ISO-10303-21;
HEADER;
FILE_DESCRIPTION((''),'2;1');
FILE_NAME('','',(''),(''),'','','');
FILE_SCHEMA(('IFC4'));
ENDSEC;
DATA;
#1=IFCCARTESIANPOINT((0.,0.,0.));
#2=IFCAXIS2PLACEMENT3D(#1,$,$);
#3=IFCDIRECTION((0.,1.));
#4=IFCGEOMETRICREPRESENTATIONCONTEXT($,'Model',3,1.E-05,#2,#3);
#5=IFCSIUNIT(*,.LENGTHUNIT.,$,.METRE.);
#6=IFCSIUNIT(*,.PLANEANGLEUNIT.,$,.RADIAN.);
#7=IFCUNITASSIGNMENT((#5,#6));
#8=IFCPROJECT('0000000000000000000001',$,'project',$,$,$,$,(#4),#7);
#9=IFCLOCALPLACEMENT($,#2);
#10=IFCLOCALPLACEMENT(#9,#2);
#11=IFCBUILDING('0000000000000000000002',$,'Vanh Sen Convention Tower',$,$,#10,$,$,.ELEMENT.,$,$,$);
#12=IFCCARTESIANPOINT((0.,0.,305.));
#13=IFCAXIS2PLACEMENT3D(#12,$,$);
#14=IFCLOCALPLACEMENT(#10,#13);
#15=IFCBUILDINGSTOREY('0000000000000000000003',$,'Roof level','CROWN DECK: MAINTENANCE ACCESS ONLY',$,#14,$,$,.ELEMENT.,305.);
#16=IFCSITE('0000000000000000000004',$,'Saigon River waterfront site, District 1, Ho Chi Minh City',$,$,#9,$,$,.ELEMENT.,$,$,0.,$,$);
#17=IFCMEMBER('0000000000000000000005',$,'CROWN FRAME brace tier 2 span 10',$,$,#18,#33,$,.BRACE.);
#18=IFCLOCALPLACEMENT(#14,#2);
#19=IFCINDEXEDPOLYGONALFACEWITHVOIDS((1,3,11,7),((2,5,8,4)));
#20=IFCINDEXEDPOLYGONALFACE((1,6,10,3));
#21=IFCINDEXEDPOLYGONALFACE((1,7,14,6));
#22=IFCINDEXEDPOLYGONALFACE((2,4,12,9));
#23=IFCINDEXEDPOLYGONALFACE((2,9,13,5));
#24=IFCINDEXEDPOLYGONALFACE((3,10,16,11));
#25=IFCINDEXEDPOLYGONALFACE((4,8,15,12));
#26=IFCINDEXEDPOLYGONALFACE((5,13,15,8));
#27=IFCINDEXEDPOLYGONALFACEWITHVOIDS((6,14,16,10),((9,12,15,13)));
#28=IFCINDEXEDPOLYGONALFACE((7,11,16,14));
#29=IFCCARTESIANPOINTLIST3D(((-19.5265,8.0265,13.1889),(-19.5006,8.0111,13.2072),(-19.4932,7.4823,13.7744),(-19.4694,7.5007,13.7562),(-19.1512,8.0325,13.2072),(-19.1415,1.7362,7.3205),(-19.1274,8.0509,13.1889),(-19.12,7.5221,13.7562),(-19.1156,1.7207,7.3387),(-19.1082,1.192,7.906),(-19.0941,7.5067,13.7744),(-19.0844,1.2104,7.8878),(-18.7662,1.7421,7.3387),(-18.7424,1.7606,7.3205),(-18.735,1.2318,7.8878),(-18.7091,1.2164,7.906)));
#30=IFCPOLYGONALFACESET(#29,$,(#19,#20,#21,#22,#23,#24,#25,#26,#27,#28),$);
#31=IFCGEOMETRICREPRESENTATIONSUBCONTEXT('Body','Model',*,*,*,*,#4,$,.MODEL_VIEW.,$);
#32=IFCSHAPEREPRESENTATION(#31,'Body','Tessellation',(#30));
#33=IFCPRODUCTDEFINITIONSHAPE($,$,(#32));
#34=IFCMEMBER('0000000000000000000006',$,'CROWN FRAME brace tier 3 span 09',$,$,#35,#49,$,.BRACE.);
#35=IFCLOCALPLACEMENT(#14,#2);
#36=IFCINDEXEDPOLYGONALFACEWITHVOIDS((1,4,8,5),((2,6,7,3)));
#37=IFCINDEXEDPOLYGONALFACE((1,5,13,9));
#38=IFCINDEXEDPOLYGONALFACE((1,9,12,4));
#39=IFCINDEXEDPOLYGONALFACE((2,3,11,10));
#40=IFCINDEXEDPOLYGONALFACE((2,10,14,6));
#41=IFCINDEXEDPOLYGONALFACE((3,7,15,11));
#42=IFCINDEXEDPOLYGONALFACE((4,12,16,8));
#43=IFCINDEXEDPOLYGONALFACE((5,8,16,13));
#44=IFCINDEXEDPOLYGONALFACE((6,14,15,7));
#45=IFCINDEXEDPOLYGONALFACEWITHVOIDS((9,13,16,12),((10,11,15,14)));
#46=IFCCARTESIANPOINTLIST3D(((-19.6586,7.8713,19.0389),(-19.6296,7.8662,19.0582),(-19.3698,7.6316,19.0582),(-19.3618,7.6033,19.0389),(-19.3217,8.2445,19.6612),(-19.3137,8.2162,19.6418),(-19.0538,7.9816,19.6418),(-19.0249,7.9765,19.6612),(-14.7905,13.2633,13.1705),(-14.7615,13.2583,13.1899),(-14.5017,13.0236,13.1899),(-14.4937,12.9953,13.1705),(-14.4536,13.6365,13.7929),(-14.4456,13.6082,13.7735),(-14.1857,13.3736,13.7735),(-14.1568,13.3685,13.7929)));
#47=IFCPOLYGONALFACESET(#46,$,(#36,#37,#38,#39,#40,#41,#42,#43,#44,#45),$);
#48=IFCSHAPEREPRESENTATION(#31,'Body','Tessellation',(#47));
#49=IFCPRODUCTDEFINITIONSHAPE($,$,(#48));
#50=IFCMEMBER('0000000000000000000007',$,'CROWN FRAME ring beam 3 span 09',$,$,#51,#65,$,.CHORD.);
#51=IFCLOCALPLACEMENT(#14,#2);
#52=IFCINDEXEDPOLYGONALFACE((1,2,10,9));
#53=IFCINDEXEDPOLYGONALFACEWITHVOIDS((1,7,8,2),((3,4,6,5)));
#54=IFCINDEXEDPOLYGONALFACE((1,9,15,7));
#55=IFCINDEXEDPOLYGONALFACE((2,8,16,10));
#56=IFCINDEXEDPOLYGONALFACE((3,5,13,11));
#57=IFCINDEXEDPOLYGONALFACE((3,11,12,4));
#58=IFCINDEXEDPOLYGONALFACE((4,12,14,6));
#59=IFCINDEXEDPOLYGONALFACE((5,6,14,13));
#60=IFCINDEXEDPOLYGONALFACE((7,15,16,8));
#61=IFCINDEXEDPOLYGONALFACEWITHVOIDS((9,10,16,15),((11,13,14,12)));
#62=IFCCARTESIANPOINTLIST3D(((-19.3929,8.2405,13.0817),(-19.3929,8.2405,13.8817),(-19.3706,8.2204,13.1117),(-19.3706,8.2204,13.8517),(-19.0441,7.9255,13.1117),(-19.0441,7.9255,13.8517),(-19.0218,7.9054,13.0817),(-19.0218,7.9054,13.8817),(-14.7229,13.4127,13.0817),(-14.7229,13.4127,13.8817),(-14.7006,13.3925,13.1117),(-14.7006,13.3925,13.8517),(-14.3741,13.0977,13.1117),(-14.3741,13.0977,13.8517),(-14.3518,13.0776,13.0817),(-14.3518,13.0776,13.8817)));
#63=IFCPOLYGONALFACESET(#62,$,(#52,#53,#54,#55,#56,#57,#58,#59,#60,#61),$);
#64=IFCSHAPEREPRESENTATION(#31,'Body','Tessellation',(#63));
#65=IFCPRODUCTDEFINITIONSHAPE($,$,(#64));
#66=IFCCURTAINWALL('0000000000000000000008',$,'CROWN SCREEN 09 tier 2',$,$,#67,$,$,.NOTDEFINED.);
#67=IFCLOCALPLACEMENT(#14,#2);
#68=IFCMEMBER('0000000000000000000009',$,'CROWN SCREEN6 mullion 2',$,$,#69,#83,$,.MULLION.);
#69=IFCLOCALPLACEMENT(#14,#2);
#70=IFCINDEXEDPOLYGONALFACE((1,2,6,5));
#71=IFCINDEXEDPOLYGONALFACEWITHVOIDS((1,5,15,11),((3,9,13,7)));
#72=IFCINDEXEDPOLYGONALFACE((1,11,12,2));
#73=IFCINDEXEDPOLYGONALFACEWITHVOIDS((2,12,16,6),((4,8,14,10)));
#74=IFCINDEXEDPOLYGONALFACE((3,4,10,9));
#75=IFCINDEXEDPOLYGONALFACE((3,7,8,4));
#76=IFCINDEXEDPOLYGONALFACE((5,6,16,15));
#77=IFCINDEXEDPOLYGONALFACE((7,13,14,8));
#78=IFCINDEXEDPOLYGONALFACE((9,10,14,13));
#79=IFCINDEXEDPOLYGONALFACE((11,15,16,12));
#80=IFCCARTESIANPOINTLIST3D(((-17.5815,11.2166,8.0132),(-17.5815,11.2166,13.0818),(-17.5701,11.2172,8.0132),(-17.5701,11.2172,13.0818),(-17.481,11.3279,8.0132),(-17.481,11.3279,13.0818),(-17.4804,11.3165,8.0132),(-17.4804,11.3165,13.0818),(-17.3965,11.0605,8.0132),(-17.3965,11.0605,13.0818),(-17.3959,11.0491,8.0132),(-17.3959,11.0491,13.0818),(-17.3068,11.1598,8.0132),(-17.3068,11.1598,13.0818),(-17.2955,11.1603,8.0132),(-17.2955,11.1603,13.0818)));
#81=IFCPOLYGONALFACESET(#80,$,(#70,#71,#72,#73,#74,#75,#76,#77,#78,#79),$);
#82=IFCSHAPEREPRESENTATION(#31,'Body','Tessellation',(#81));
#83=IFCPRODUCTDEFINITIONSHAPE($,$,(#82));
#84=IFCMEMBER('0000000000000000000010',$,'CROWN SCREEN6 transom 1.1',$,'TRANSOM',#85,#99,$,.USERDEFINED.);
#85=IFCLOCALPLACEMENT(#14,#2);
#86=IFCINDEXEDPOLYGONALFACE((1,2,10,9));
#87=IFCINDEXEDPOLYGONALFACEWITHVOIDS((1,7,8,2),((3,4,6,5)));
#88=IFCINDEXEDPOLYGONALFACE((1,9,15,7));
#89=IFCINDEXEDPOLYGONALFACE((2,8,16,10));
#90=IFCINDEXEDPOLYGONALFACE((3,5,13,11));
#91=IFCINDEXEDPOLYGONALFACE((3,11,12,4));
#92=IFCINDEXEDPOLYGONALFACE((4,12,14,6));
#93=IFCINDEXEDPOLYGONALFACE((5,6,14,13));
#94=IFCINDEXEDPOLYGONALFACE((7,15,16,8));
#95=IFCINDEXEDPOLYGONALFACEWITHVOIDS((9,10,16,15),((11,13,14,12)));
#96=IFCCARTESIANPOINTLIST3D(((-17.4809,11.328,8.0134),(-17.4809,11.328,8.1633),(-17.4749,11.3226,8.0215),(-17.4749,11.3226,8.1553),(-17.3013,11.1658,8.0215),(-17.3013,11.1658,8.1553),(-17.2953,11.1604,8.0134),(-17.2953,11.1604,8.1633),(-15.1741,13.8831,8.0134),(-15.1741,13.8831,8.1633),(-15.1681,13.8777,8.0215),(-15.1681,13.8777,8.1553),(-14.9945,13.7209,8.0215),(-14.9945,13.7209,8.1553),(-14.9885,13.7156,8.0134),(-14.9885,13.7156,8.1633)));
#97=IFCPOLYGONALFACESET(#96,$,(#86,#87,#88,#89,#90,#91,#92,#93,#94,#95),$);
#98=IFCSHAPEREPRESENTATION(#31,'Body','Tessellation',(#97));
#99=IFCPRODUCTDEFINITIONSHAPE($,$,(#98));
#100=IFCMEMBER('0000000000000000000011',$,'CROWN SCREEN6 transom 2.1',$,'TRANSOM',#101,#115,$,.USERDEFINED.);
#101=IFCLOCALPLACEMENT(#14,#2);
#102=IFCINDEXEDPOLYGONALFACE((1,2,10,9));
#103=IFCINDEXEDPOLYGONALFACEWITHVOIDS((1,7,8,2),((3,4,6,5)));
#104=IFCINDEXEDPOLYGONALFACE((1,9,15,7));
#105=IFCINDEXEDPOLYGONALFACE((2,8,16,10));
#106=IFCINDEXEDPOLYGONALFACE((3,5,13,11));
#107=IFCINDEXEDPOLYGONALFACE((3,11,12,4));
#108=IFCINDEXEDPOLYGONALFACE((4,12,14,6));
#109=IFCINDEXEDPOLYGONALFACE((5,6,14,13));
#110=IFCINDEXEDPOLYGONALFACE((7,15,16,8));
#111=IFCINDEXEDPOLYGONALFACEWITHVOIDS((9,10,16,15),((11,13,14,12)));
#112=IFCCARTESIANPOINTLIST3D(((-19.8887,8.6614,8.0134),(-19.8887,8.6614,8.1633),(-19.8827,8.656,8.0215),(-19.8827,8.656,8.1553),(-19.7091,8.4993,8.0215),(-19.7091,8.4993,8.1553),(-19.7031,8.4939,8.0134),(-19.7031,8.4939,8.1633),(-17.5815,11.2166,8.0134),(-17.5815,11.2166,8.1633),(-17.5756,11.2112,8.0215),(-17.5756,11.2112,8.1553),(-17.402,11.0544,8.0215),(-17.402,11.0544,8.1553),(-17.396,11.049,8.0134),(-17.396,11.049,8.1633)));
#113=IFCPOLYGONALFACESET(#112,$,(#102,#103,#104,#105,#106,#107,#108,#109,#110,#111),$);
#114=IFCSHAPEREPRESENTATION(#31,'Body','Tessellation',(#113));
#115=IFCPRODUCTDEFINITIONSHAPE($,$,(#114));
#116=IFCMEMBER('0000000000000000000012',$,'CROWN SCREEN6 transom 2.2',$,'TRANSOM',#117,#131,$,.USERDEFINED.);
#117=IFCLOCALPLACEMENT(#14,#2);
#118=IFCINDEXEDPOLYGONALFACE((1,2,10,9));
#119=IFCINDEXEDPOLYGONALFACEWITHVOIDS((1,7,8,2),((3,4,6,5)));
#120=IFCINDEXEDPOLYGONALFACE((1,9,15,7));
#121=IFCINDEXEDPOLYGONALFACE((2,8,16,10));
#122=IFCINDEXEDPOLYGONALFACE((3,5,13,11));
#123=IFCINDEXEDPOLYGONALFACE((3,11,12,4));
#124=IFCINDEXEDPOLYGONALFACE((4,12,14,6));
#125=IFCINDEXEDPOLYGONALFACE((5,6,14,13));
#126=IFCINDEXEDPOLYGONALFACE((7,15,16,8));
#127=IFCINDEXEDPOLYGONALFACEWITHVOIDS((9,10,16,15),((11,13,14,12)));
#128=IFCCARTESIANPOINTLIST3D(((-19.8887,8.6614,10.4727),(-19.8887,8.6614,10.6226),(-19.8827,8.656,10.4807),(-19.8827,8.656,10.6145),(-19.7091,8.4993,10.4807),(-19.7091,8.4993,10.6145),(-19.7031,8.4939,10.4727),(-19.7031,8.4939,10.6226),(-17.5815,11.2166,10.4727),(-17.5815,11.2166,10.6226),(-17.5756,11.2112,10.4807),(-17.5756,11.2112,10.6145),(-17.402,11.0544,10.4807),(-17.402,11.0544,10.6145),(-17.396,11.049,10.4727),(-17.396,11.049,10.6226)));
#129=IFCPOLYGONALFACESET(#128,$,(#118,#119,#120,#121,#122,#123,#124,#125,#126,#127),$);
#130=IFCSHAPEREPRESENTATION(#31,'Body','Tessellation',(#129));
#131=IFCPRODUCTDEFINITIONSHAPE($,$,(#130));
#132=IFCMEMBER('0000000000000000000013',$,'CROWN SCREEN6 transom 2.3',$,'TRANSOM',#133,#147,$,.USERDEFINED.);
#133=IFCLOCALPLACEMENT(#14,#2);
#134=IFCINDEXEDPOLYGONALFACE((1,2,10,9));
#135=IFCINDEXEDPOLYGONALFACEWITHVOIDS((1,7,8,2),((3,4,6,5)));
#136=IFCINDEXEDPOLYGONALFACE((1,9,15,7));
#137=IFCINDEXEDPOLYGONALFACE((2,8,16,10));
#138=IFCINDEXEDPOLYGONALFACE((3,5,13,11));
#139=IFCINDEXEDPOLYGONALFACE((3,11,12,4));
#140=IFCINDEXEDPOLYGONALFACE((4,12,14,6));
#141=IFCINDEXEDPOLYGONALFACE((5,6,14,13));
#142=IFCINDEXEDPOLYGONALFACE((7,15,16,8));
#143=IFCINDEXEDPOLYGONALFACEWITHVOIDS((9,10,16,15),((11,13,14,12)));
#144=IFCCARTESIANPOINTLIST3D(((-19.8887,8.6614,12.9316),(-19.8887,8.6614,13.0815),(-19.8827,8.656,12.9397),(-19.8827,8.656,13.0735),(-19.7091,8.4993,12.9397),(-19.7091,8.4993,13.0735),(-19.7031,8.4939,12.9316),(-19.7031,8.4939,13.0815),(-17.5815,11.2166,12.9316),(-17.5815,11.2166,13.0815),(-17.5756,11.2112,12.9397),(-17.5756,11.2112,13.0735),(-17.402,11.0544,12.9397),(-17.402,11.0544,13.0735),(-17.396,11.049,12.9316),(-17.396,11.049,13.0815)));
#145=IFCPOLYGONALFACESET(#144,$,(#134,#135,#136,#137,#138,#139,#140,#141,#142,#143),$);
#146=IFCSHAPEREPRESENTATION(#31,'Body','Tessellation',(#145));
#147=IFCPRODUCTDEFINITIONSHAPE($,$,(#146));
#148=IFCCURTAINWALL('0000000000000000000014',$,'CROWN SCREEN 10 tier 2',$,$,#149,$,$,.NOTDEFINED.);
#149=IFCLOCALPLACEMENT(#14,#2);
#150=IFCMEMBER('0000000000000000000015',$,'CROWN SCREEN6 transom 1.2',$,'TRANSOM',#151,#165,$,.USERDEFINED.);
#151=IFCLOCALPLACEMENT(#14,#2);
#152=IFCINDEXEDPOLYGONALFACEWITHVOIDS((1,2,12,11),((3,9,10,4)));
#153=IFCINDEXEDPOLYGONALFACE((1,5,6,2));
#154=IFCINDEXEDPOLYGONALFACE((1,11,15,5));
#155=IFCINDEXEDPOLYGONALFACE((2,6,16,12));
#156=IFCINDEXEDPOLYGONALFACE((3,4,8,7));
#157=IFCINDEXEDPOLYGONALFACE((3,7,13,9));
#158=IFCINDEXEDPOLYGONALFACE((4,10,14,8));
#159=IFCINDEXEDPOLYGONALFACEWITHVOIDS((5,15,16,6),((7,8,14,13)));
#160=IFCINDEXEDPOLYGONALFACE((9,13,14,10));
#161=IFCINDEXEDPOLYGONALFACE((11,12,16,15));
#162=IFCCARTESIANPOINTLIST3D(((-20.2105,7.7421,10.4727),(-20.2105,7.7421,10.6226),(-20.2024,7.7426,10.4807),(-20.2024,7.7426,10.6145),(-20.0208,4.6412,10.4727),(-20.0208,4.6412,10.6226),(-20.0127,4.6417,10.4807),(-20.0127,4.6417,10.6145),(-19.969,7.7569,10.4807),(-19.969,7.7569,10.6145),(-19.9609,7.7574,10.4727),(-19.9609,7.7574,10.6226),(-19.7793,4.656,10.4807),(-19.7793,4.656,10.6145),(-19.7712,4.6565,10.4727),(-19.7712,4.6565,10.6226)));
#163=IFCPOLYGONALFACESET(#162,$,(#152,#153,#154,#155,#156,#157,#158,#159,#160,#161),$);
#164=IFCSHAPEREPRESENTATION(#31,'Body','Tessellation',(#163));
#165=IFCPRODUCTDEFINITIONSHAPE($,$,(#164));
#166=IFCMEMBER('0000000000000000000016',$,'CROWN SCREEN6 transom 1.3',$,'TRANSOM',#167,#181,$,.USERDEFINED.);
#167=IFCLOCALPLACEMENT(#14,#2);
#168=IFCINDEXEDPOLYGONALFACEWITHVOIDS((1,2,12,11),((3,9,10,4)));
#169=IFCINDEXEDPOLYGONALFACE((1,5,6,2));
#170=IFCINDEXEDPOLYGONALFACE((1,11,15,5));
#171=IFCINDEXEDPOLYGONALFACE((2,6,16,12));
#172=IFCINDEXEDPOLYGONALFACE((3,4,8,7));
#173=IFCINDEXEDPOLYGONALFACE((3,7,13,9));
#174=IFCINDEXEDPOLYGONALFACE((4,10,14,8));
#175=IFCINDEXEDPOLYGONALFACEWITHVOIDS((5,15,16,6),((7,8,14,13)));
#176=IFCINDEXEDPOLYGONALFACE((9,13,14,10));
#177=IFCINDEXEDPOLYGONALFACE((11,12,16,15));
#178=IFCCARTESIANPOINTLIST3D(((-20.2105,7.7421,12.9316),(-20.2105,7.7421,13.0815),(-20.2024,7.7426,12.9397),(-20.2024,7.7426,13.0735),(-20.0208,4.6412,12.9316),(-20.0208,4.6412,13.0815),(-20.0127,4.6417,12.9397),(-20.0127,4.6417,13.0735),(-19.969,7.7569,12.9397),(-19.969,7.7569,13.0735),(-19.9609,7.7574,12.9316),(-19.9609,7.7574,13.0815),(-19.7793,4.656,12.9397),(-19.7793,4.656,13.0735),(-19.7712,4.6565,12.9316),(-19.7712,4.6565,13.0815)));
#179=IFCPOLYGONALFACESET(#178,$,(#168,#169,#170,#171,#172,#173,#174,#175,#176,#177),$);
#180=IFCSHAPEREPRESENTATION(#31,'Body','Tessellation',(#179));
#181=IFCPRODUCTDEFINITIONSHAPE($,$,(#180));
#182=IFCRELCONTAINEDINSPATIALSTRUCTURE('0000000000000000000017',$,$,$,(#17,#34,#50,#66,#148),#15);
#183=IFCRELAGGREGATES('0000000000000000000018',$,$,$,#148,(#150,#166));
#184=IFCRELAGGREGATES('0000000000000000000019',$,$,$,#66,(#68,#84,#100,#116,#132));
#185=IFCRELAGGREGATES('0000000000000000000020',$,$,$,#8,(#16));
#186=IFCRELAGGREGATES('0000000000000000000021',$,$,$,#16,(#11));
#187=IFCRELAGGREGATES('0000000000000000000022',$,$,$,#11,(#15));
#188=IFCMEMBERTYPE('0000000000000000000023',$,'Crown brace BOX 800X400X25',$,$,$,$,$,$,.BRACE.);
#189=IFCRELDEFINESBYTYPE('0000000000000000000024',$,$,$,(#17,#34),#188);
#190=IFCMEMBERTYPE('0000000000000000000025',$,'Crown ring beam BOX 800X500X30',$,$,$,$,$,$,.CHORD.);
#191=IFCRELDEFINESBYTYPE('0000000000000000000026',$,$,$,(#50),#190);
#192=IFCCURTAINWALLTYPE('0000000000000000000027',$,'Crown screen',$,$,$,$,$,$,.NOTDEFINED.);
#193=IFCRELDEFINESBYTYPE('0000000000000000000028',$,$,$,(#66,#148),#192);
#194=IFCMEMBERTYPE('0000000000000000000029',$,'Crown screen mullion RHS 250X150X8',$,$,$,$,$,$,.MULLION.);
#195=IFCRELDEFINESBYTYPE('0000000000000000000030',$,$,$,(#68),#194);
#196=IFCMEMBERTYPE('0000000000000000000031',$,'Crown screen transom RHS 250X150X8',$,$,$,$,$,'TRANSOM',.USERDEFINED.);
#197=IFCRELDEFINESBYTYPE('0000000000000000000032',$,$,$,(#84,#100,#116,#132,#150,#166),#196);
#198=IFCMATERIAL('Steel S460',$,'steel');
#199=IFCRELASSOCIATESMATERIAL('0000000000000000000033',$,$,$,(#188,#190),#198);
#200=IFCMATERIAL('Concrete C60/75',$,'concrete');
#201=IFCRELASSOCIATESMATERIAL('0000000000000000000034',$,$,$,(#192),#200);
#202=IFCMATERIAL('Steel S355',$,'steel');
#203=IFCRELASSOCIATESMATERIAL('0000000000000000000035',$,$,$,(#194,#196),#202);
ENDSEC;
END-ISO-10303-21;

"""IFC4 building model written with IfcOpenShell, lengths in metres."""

from ifc_helpers import new_model, si_unit, direction, frame, origin, origin_2d, place, context, subcontext, project, spatial, hollow_rectangle, extrude, material, material_profile, profile_set, type_object, element, aggregate, save


model = new_model("IFC4")

# Units and contexts
model_context = context("Model", 3, precision=1e-05, world=origin(), true_north=direction((0.0, 1.0)))
body_context = subcontext(model_context, "Body", "Model", "MODEL_VIEW")
ifc_project = project(units=[si_unit("LENGTHUNIT", "METRE"), si_unit("PLANEANGLEUNIT", "RADIAN")], contexts=[model_context])

# Site, building, storey
site_placement = place(None, origin())
site = spatial("IfcSite", under=ifc_project, at=site_placement, Name="Saigon River waterfront site, District 1, Ho Chi Minh City", CompositionType="ELEMENT", RefElevation=0.0)
building_placement = place(site_placement, origin())
building = spatial("IfcBuilding", under=site, at=building_placement, Name="Vanh Sen Convention Tower", CompositionType="ELEMENT")
storey_placement = place(building_placement, frame((0.0, 0.0, 305.0)))
storey = spatial("IfcBuildingStorey", under=building, at=storey_placement, Name="Roof level", Description="CROWN DECK: MAINTENANCE ACCESS ONLY", CompositionType="ELEMENT", Elevation=305.0)

# Members
ifc_material_1 = material(Name="Steel S460", Category="steel")
ifc_material_profile_1 = material_profile(ifc_material_1, hollow_rectangle(XDim=0.3999, YDim=0.8, WallThickness=0.0249, at=origin_2d()), Name="BOX 800X400X25")
ifc_profile_set_1 = profile_set([ifc_material_profile_1], Name="Steel S460")
member_type_1 = type_object("IfcMemberType", Name="Crown brace BOX 800X400X25", PredefinedType="BRACE", material=ifc_profile_set_1)
member_1_placement = place(storey_placement, frame((-19.3103, 7.7666, 13.4817), z_axis=(0.04471, -0.73047, -0.681479), x_axis=(0.998132, 0.061093, 0.0)))
element("IfcMember", 1, at=member_1_placement, inside=storey, type_object=member_type_1, Name="CROWN FRAME brace tier 2 span 10", PredefinedType="BRACE", context=body_context, shape_type="SweptSolid", body=[
    extrude(hollow_rectangle(XDim=0.3999, YDim=0.8, WallThickness=0.0249, at=origin_2d()), origin(), (0.0, 0.0, 1.0), 8.6113),
])
member_2_placement = place(storey_placement, frame((-14.4736, 13.3159, 13.4817), z_axis=(-0.521288, -0.57739, 0.628395), x_axis=(0.742247, -0.670126, 0.0)))
element("IfcMember", 2, at=member_2_placement, inside=storey, type_object=member_type_1, Name="CROWN FRAME brace tier 3 span 09", PredefinedType="BRACE", context=body_context, shape_type="SweptSolid", body=[
    extrude(hollow_rectangle(XDim=0.3999, YDim=0.8, WallThickness=0.0249, at=origin_2d()), origin(), (0.0, 0.0, 1.0), 9.3386),
])
ifc_material_profile_2 = material_profile(ifc_material_1, hollow_rectangle(XDim=0.5, YDim=0.8, WallThickness=0.03, at=origin_2d()), Name="BOX 800X500X30")
ifc_profile_set_2 = profile_set([ifc_material_profile_2], Name="Steel S460")
member_type_2 = type_object("IfcMemberType", Name="Crown ring beam BOX 800X500X30", PredefinedType="CHORD", material=ifc_profile_set_2)
member_3_placement = place(storey_placement, frame((-14.5374, 13.2451, 13.4817), z_axis=(-0.670154, -0.742222, 0.0), x_axis=(0.742222, -0.670154, 0.0)))
element("IfcMember", 3, at=member_3_placement, inside=storey, type_object=member_type_2, Name="CROWN FRAME ring beam 3 span 09", PredefinedType="CHORD", context=body_context, shape_type="SweptSolid", body=[
    extrude(hollow_rectangle(XDim=0.5, YDim=0.8, WallThickness=0.03, at=origin_2d()), origin(), (0.0, 0.0, 1.0), 6.9685),
])

# Curtain walls, members
ifc_material_2 = material(Name="Concrete C60/75", Category="concrete")
curtain_wall_type = type_object("IfcCurtainWallType", Name="Crown screen", PredefinedType="NOTDEFINED", material=ifc_material_2)
curtain_wall_1_placement = place(storey_placement, origin())
curtain_wall_1 = element("IfcCurtainWall", 4, at=curtain_wall_1_placement, inside=storey, type_object=curtain_wall_type, Name="CROWN SCREEN 09 tier 2", PredefinedType="NOTDEFINED")
ifc_material_3 = material(Name="Steel S355", Category="steel")
ifc_material_profile_3 = material_profile(ifc_material_3, hollow_rectangle(XDim=0.25, YDim=0.1499, WallThickness=0.0081, at=origin_2d()), Name="RHS 250X150X8")
ifc_profile_set_3 = profile_set([ifc_material_profile_3], Name="Steel S355")
member_type_3 = type_object("IfcMemberType", Name="Crown screen mullion RHS 250X150X8", PredefinedType="MULLION", material=ifc_profile_set_3)
member_4_placement = place(storey_placement, frame((-17.4385, 11.1885, 8.0132), z_axis=(0.0, 0.0, 1.0), x_axis=(0.742232, -0.670143, 0.0)))
member_4 = element("IfcMember", 5, at=member_4_placement, type_object=member_type_3, Name="CROWN SCREEN6 mullion 2", PredefinedType="MULLION", context=body_context, shape_type="SweptSolid", body=[
    extrude(hollow_rectangle(XDim=0.25, YDim=0.1499, WallThickness=0.0081, at=origin_2d()), origin(), (0.0, 0.0, 1.0), 5.0686),
])
ifc_material_profile_4 = material_profile(ifc_material_3, hollow_rectangle(XDim=0.25, YDim=0.1499, WallThickness=0.0081, at=origin_2d()), Name="RHS 250X150X8")
ifc_profile_set_4 = profile_set([ifc_material_profile_4], Name="Steel S355")
member_type_4 = type_object("IfcMemberType", Name="Crown screen transom RHS 250X150X8", ElementType="TRANSOM", PredefinedType="USERDEFINED", material=ifc_profile_set_4)
member_5_placement = place(storey_placement, frame((-15.0813, 13.7993, 8.0884), z_axis=(-0.670124, -0.742249, 0.0), x_axis=(0.742249, -0.670124, 0.0)))
member_5 = element("IfcMember", 6, at=member_5_placement, type_object=member_type_4, Name="CROWN SCREEN6 transom 1.1", ObjectType="TRANSOM", PredefinedType="USERDEFINED", context=body_context, shape_type="SweptSolid", body=[
    extrude(hollow_rectangle(XDim=0.25, YDim=0.1499, WallThickness=0.0081, at=origin_2d()), origin(), (0.0, 0.0, 1.0), 3.4424),
])
member_6_placement = place(storey_placement, frame((-17.4888, 11.1328, 8.0884), z_axis=(-0.670163, -0.742214, 0.0), x_axis=(0.742214, -0.670163, 0.0)))
member_6 = element("IfcMember", 7, at=member_6_placement, type_object=member_type_4, Name="CROWN SCREEN6 transom 2.1", ObjectType="TRANSOM", PredefinedType="USERDEFINED", context=body_context, shape_type="SweptSolid", body=[
    extrude(hollow_rectangle(XDim=0.25, YDim=0.1499, WallThickness=0.0081, at=origin_2d()), origin(), (0.0, 0.0, 1.0), 3.4426),
])
member_7_placement = place(storey_placement, frame((-17.4888, 11.1328, 10.5476), z_axis=(-0.670163, -0.742214, 0.0), x_axis=(0.742214, -0.670163, 0.0)))
member_7 = element("IfcMember", 8, at=member_7_placement, type_object=member_type_4, Name="CROWN SCREEN6 transom 2.2", ObjectType="TRANSOM", PredefinedType="USERDEFINED", context=body_context, shape_type="SweptSolid", body=[
    extrude(hollow_rectangle(XDim=0.25, YDim=0.1499, WallThickness=0.0081, at=origin_2d()), origin(), (0.0, 0.0, 1.0), 3.4426),
])
member_8_placement = place(storey_placement, frame((-17.4888, 11.1328, 13.0066), z_axis=(-0.670163, -0.742214, 0.0), x_axis=(0.742214, -0.670163, 0.0)))
member_8 = element("IfcMember", 9, at=member_8_placement, type_object=member_type_4, Name="CROWN SCREEN6 transom 2.3", ObjectType="TRANSOM", PredefinedType="USERDEFINED", context=body_context, shape_type="SweptSolid", body=[
    extrude(hollow_rectangle(XDim=0.25, YDim=0.1499, WallThickness=0.0081, at=origin_2d()), origin(), (0.0, 0.0, 1.0), 3.4426),
])
curtain_wall_2_placement = place(storey_placement, origin())
curtain_wall_2 = element("IfcCurtainWall", 10, at=curtain_wall_2_placement, inside=storey, type_object=curtain_wall_type, Name="CROWN SCREEN 10 tier 2", PredefinedType="NOTDEFINED")
member_9_placement = place(storey_placement, frame((-20.0857, 7.7498, 10.5476), z_axis=(0.061062, -0.998134, 0.0), x_axis=(0.998134, 0.061062, 0.0)))
member_9 = element("IfcMember", 11, at=member_9_placement, type_object=member_type_4, Name="CROWN SCREEN6 transom 1.2", ObjectType="TRANSOM", PredefinedType="USERDEFINED", context=body_context, shape_type="SweptSolid", body=[
    extrude(hollow_rectangle(XDim=0.25, YDim=0.1499, WallThickness=0.0081, at=origin_2d()), origin(), (0.0, 0.0, 1.0), 3.1067),
])
member_10_placement = place(storey_placement, frame((-20.0857, 7.7498, 13.0066), z_axis=(0.061062, -0.998134, 0.0), x_axis=(0.998134, 0.061062, 0.0)))
member_10 = element("IfcMember", 12, at=member_10_placement, type_object=member_type_4, Name="CROWN SCREEN6 transom 1.3", ObjectType="TRANSOM", PredefinedType="USERDEFINED", context=body_context, shape_type="SweptSolid", body=[
    extrude(hollow_rectangle(XDim=0.25, YDim=0.1499, WallThickness=0.0081, at=origin_2d()), origin(), (0.0, 0.0, 1.0), 3.1067),
])
aggregate(curtain_wall_2, [member_9, member_10])

aggregate(curtain_wall_1, [member_4, member_5, member_6, member_7, member_8])

save(model, "model.ifc")
